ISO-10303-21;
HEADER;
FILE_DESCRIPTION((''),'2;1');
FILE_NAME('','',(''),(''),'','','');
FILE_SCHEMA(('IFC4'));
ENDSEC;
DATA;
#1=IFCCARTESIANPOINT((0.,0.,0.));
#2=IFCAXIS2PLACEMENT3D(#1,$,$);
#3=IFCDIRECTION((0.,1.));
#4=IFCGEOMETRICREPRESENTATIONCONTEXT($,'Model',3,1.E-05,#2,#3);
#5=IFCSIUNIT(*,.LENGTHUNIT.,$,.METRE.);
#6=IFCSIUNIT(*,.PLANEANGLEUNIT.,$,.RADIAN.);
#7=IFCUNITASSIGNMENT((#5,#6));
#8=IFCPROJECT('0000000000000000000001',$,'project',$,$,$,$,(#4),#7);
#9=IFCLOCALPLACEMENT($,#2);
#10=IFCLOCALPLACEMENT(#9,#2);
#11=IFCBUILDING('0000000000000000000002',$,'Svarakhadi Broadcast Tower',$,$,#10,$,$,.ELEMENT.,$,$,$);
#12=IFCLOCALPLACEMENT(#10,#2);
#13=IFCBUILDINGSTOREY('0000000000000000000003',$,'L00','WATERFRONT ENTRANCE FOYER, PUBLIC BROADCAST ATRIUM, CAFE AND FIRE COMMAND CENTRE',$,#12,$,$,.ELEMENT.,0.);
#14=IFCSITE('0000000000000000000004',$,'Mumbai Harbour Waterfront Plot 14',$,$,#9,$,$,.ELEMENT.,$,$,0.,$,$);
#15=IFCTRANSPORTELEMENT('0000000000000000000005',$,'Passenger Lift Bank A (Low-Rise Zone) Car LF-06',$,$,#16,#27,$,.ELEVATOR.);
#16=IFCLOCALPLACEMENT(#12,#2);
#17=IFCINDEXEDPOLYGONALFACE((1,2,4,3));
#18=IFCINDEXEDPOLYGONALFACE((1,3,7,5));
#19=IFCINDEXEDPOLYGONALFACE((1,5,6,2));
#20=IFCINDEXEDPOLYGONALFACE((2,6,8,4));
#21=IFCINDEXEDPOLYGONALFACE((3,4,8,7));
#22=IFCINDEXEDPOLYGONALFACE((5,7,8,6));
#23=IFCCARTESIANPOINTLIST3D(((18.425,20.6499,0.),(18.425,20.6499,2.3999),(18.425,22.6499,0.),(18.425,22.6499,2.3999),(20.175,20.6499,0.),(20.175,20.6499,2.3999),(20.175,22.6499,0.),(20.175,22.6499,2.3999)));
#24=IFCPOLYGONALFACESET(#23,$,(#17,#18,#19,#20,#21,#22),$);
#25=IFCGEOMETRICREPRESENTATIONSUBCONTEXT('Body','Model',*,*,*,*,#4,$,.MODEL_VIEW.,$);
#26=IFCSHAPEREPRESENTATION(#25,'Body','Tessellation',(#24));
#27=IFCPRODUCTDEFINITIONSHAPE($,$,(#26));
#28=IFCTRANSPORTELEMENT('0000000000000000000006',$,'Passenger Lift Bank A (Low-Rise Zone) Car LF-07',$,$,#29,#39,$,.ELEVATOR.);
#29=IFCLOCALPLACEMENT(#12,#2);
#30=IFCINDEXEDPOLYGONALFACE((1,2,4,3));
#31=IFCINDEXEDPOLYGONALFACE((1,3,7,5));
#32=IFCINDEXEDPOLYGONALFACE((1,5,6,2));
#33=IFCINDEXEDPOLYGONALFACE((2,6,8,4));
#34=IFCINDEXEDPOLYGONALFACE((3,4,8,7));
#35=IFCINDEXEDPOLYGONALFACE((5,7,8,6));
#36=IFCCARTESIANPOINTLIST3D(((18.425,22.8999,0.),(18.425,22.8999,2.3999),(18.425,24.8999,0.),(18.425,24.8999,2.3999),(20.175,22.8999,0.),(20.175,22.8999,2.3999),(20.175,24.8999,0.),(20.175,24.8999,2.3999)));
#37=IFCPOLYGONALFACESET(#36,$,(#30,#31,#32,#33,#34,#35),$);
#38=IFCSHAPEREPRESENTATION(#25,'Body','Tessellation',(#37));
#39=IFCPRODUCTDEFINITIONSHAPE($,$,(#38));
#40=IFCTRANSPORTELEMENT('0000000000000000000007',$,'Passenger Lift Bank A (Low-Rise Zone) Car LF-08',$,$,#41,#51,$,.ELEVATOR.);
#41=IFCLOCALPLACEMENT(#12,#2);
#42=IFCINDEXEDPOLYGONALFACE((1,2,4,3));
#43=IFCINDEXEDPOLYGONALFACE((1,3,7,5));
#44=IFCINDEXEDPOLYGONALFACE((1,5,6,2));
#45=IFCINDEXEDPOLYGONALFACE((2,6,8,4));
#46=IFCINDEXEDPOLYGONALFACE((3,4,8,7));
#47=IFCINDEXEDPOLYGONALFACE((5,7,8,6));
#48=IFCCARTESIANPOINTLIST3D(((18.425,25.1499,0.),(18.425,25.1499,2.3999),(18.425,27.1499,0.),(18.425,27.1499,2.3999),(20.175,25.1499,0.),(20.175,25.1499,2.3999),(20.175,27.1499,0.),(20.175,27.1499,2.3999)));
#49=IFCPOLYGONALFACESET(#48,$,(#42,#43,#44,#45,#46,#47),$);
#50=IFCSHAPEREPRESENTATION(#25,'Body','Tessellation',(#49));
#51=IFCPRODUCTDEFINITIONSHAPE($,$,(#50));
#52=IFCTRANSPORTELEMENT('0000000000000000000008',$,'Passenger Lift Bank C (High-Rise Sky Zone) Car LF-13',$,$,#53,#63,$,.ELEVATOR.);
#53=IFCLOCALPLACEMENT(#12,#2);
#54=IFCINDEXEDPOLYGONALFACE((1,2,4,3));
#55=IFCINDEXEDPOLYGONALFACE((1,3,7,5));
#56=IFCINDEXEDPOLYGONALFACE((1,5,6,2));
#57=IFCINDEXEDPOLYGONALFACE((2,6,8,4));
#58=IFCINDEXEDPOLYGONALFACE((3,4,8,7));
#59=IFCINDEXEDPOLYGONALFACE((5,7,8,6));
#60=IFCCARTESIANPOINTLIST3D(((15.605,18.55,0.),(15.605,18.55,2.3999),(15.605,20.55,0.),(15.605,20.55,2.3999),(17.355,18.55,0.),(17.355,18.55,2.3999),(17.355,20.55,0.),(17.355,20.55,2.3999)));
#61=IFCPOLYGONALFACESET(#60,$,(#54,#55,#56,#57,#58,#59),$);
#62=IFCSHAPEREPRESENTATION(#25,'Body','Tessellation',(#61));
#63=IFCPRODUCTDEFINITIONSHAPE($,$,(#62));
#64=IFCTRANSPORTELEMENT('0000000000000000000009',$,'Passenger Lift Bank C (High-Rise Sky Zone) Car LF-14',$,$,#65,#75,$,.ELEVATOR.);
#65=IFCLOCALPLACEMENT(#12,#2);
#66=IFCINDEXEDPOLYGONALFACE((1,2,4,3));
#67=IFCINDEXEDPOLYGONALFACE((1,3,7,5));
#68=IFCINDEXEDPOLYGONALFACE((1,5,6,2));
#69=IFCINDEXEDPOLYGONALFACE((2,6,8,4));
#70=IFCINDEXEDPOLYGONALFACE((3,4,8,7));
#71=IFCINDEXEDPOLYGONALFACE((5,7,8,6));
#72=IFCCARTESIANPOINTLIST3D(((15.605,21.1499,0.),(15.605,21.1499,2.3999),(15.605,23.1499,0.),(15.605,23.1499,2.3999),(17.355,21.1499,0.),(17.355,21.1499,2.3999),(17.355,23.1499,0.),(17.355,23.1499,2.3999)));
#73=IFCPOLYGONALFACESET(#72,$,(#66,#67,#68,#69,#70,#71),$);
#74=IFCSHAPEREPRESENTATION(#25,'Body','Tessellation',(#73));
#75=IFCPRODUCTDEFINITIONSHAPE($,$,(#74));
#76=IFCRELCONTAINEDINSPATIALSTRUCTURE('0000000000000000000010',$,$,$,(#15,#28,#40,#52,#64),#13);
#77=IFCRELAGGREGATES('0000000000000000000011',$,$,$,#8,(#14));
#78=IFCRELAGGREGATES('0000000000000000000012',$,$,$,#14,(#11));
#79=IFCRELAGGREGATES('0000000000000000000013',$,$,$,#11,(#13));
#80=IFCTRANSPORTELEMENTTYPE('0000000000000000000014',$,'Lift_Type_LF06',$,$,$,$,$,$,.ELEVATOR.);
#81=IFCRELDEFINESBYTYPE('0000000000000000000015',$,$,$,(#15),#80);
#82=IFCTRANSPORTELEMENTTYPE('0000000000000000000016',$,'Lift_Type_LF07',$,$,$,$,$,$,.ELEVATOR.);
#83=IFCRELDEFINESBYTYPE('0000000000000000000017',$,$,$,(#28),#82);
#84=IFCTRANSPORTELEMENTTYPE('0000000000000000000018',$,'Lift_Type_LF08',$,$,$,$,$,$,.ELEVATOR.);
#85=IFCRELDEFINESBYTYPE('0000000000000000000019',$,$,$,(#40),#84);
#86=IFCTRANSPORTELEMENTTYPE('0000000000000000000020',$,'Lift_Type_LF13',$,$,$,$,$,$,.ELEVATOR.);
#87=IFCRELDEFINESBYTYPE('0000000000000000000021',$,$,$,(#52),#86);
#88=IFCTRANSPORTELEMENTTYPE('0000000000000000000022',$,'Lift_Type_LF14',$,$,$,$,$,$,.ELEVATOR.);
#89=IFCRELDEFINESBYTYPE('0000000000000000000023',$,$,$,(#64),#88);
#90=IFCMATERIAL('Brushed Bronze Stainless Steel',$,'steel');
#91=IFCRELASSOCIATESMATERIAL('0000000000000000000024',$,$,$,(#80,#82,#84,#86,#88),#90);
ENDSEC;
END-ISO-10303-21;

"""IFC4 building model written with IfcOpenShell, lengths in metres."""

from ifc_helpers import new_model, si_unit, direction, frame, origin, origin_2d, place, context, subcontext, project, spatial, rectangle, extrude, material, type_object, element, save


model = new_model("IFC4")

# Units and contexts
model_context = context("Model", 3, precision=1e-05, world=origin(), true_north=direction((0.0, 1.0)))
body_context = subcontext(model_context, "Body", "Model", "MODEL_VIEW")
ifc_project = project(units=[si_unit("LENGTHUNIT", "METRE"), si_unit("PLANEANGLEUNIT", "RADIAN")], contexts=[model_context])

# Site, building, storey
site_placement = place(None, origin())
site = spatial("IfcSite", under=ifc_project, at=site_placement, Name="Mumbai Harbour Waterfront Plot 14", CompositionType="ELEMENT", RefElevation=0.0)
building_placement = place(site_placement, origin())
building = spatial("IfcBuilding", under=site, at=building_placement, Name="Svarakhadi Broadcast Tower", CompositionType="ELEMENT")
storey_placement = place(building_placement, origin())
storey = spatial("IfcBuildingStorey", under=building, at=storey_placement, Name="L00", Description="WATERFRONT ENTRANCE FOYER, PUBLIC BROADCAST ATRIUM, CAFE AND FIRE COMMAND CENTRE", CompositionType="ELEMENT", Elevation=0.0)

# Transport elements
ifc_material_1 = material(Name="Brushed Bronze Stainless Steel", Category="steel")
transport_element_type_1 = type_object("IfcTransportElementType", Name="Lift_Type_LF06", PredefinedType="ELEVATOR", material=ifc_material_1)
transport_element_1_placement = place(storey_placement, frame((19.3, 21.6499, 0.0), z_axis=(0.0, 0.0, 1.0), x_axis=(0.0, 1.0, 0.0)))
element("IfcTransportElement", 1, at=transport_element_1_placement, inside=storey, type_object=transport_element_type_1, Name="Passenger Lift Bank A (Low-Rise Zone) Car LF-06", PredefinedType="ELEVATOR", context=body_context, shape_type="SweptSolid", body=[
    extrude(rectangle(XDim=2.0, YDim=1.75, at=origin_2d()), origin(), (0.0, 0.0, 1.0), 2.3999),
])
transport_element_type_2 = type_object("IfcTransportElementType", Name="Lift_Type_LF07", PredefinedType="ELEVATOR", material=ifc_material_1)
transport_element_2_placement = place(storey_placement, frame((19.3, 23.8999, 0.0), z_axis=(0.0, 0.0, 1.0), x_axis=(0.0, 1.0, 0.0)))
element("IfcTransportElement", 2, at=transport_element_2_placement, inside=storey, type_object=transport_element_type_2, Name="Passenger Lift Bank A (Low-Rise Zone) Car LF-07", PredefinedType="ELEVATOR", context=body_context, shape_type="SweptSolid", body=[
    extrude(rectangle(XDim=2.0, YDim=1.75, at=origin_2d()), origin(), (0.0, 0.0, 1.0), 2.3999),
])
transport_element_type_3 = type_object("IfcTransportElementType", Name="Lift_Type_LF08", PredefinedType="ELEVATOR", material=ifc_material_1)
transport_element_3_placement = place(storey_placement, frame((19.3, 26.1499, 0.0), z_axis=(0.0, 0.0, 1.0), x_axis=(0.0, 1.0, 0.0)))
element("IfcTransportElement", 3, at=transport_element_3_placement, inside=storey, type_object=transport_element_type_3, Name="Passenger Lift Bank A (Low-Rise Zone) Car LF-08", PredefinedType="ELEVATOR", context=body_context, shape_type="SweptSolid", body=[
    extrude(rectangle(XDim=2.0, YDim=1.75, at=origin_2d()), origin(), (0.0, 0.0, 1.0), 2.3999),
])
transport_element_type_4 = type_object("IfcTransportElementType", Name="Lift_Type_LF13", PredefinedType="ELEVATOR", material=ifc_material_1)
transport_element_4_placement = place(storey_placement, frame((16.48, 19.55, 0.0), z_axis=(0.0, 0.0, 1.0), x_axis=(0.0, 1.0, 0.0)))
element("IfcTransportElement", 4, at=transport_element_4_placement, inside=storey, type_object=transport_element_type_4, Name="Passenger Lift Bank C (High-Rise Sky Zone) Car LF-13", PredefinedType="ELEVATOR", context=body_context, shape_type="SweptSolid", body=[
    extrude(rectangle(XDim=2.0, YDim=1.75, at=origin_2d()), origin(), (0.0, 0.0, 1.0), 2.3999),
])
transport_element_type_5 = type_object("IfcTransportElementType", Name="Lift_Type_LF14", PredefinedType="ELEVATOR", material=ifc_material_1)
transport_element_5_placement = place(storey_placement, frame((16.48, 22.1499, 0.0), z_axis=(0.0, 0.0, 1.0), x_axis=(0.0, 1.0, 0.0)))
element("IfcTransportElement", 5, at=transport_element_5_placement, inside=storey, type_object=transport_element_type_5, Name="Passenger Lift Bank C (High-Rise Sky Zone) Car LF-14", PredefinedType="ELEVATOR", context=body_context, shape_type="SweptSolid", body=[
    extrude(rectangle(XDim=2.0, YDim=1.75, at=origin_2d()), origin(), (0.0, 0.0, 1.0), 2.3999),
])

save(model, "model.ifc")
